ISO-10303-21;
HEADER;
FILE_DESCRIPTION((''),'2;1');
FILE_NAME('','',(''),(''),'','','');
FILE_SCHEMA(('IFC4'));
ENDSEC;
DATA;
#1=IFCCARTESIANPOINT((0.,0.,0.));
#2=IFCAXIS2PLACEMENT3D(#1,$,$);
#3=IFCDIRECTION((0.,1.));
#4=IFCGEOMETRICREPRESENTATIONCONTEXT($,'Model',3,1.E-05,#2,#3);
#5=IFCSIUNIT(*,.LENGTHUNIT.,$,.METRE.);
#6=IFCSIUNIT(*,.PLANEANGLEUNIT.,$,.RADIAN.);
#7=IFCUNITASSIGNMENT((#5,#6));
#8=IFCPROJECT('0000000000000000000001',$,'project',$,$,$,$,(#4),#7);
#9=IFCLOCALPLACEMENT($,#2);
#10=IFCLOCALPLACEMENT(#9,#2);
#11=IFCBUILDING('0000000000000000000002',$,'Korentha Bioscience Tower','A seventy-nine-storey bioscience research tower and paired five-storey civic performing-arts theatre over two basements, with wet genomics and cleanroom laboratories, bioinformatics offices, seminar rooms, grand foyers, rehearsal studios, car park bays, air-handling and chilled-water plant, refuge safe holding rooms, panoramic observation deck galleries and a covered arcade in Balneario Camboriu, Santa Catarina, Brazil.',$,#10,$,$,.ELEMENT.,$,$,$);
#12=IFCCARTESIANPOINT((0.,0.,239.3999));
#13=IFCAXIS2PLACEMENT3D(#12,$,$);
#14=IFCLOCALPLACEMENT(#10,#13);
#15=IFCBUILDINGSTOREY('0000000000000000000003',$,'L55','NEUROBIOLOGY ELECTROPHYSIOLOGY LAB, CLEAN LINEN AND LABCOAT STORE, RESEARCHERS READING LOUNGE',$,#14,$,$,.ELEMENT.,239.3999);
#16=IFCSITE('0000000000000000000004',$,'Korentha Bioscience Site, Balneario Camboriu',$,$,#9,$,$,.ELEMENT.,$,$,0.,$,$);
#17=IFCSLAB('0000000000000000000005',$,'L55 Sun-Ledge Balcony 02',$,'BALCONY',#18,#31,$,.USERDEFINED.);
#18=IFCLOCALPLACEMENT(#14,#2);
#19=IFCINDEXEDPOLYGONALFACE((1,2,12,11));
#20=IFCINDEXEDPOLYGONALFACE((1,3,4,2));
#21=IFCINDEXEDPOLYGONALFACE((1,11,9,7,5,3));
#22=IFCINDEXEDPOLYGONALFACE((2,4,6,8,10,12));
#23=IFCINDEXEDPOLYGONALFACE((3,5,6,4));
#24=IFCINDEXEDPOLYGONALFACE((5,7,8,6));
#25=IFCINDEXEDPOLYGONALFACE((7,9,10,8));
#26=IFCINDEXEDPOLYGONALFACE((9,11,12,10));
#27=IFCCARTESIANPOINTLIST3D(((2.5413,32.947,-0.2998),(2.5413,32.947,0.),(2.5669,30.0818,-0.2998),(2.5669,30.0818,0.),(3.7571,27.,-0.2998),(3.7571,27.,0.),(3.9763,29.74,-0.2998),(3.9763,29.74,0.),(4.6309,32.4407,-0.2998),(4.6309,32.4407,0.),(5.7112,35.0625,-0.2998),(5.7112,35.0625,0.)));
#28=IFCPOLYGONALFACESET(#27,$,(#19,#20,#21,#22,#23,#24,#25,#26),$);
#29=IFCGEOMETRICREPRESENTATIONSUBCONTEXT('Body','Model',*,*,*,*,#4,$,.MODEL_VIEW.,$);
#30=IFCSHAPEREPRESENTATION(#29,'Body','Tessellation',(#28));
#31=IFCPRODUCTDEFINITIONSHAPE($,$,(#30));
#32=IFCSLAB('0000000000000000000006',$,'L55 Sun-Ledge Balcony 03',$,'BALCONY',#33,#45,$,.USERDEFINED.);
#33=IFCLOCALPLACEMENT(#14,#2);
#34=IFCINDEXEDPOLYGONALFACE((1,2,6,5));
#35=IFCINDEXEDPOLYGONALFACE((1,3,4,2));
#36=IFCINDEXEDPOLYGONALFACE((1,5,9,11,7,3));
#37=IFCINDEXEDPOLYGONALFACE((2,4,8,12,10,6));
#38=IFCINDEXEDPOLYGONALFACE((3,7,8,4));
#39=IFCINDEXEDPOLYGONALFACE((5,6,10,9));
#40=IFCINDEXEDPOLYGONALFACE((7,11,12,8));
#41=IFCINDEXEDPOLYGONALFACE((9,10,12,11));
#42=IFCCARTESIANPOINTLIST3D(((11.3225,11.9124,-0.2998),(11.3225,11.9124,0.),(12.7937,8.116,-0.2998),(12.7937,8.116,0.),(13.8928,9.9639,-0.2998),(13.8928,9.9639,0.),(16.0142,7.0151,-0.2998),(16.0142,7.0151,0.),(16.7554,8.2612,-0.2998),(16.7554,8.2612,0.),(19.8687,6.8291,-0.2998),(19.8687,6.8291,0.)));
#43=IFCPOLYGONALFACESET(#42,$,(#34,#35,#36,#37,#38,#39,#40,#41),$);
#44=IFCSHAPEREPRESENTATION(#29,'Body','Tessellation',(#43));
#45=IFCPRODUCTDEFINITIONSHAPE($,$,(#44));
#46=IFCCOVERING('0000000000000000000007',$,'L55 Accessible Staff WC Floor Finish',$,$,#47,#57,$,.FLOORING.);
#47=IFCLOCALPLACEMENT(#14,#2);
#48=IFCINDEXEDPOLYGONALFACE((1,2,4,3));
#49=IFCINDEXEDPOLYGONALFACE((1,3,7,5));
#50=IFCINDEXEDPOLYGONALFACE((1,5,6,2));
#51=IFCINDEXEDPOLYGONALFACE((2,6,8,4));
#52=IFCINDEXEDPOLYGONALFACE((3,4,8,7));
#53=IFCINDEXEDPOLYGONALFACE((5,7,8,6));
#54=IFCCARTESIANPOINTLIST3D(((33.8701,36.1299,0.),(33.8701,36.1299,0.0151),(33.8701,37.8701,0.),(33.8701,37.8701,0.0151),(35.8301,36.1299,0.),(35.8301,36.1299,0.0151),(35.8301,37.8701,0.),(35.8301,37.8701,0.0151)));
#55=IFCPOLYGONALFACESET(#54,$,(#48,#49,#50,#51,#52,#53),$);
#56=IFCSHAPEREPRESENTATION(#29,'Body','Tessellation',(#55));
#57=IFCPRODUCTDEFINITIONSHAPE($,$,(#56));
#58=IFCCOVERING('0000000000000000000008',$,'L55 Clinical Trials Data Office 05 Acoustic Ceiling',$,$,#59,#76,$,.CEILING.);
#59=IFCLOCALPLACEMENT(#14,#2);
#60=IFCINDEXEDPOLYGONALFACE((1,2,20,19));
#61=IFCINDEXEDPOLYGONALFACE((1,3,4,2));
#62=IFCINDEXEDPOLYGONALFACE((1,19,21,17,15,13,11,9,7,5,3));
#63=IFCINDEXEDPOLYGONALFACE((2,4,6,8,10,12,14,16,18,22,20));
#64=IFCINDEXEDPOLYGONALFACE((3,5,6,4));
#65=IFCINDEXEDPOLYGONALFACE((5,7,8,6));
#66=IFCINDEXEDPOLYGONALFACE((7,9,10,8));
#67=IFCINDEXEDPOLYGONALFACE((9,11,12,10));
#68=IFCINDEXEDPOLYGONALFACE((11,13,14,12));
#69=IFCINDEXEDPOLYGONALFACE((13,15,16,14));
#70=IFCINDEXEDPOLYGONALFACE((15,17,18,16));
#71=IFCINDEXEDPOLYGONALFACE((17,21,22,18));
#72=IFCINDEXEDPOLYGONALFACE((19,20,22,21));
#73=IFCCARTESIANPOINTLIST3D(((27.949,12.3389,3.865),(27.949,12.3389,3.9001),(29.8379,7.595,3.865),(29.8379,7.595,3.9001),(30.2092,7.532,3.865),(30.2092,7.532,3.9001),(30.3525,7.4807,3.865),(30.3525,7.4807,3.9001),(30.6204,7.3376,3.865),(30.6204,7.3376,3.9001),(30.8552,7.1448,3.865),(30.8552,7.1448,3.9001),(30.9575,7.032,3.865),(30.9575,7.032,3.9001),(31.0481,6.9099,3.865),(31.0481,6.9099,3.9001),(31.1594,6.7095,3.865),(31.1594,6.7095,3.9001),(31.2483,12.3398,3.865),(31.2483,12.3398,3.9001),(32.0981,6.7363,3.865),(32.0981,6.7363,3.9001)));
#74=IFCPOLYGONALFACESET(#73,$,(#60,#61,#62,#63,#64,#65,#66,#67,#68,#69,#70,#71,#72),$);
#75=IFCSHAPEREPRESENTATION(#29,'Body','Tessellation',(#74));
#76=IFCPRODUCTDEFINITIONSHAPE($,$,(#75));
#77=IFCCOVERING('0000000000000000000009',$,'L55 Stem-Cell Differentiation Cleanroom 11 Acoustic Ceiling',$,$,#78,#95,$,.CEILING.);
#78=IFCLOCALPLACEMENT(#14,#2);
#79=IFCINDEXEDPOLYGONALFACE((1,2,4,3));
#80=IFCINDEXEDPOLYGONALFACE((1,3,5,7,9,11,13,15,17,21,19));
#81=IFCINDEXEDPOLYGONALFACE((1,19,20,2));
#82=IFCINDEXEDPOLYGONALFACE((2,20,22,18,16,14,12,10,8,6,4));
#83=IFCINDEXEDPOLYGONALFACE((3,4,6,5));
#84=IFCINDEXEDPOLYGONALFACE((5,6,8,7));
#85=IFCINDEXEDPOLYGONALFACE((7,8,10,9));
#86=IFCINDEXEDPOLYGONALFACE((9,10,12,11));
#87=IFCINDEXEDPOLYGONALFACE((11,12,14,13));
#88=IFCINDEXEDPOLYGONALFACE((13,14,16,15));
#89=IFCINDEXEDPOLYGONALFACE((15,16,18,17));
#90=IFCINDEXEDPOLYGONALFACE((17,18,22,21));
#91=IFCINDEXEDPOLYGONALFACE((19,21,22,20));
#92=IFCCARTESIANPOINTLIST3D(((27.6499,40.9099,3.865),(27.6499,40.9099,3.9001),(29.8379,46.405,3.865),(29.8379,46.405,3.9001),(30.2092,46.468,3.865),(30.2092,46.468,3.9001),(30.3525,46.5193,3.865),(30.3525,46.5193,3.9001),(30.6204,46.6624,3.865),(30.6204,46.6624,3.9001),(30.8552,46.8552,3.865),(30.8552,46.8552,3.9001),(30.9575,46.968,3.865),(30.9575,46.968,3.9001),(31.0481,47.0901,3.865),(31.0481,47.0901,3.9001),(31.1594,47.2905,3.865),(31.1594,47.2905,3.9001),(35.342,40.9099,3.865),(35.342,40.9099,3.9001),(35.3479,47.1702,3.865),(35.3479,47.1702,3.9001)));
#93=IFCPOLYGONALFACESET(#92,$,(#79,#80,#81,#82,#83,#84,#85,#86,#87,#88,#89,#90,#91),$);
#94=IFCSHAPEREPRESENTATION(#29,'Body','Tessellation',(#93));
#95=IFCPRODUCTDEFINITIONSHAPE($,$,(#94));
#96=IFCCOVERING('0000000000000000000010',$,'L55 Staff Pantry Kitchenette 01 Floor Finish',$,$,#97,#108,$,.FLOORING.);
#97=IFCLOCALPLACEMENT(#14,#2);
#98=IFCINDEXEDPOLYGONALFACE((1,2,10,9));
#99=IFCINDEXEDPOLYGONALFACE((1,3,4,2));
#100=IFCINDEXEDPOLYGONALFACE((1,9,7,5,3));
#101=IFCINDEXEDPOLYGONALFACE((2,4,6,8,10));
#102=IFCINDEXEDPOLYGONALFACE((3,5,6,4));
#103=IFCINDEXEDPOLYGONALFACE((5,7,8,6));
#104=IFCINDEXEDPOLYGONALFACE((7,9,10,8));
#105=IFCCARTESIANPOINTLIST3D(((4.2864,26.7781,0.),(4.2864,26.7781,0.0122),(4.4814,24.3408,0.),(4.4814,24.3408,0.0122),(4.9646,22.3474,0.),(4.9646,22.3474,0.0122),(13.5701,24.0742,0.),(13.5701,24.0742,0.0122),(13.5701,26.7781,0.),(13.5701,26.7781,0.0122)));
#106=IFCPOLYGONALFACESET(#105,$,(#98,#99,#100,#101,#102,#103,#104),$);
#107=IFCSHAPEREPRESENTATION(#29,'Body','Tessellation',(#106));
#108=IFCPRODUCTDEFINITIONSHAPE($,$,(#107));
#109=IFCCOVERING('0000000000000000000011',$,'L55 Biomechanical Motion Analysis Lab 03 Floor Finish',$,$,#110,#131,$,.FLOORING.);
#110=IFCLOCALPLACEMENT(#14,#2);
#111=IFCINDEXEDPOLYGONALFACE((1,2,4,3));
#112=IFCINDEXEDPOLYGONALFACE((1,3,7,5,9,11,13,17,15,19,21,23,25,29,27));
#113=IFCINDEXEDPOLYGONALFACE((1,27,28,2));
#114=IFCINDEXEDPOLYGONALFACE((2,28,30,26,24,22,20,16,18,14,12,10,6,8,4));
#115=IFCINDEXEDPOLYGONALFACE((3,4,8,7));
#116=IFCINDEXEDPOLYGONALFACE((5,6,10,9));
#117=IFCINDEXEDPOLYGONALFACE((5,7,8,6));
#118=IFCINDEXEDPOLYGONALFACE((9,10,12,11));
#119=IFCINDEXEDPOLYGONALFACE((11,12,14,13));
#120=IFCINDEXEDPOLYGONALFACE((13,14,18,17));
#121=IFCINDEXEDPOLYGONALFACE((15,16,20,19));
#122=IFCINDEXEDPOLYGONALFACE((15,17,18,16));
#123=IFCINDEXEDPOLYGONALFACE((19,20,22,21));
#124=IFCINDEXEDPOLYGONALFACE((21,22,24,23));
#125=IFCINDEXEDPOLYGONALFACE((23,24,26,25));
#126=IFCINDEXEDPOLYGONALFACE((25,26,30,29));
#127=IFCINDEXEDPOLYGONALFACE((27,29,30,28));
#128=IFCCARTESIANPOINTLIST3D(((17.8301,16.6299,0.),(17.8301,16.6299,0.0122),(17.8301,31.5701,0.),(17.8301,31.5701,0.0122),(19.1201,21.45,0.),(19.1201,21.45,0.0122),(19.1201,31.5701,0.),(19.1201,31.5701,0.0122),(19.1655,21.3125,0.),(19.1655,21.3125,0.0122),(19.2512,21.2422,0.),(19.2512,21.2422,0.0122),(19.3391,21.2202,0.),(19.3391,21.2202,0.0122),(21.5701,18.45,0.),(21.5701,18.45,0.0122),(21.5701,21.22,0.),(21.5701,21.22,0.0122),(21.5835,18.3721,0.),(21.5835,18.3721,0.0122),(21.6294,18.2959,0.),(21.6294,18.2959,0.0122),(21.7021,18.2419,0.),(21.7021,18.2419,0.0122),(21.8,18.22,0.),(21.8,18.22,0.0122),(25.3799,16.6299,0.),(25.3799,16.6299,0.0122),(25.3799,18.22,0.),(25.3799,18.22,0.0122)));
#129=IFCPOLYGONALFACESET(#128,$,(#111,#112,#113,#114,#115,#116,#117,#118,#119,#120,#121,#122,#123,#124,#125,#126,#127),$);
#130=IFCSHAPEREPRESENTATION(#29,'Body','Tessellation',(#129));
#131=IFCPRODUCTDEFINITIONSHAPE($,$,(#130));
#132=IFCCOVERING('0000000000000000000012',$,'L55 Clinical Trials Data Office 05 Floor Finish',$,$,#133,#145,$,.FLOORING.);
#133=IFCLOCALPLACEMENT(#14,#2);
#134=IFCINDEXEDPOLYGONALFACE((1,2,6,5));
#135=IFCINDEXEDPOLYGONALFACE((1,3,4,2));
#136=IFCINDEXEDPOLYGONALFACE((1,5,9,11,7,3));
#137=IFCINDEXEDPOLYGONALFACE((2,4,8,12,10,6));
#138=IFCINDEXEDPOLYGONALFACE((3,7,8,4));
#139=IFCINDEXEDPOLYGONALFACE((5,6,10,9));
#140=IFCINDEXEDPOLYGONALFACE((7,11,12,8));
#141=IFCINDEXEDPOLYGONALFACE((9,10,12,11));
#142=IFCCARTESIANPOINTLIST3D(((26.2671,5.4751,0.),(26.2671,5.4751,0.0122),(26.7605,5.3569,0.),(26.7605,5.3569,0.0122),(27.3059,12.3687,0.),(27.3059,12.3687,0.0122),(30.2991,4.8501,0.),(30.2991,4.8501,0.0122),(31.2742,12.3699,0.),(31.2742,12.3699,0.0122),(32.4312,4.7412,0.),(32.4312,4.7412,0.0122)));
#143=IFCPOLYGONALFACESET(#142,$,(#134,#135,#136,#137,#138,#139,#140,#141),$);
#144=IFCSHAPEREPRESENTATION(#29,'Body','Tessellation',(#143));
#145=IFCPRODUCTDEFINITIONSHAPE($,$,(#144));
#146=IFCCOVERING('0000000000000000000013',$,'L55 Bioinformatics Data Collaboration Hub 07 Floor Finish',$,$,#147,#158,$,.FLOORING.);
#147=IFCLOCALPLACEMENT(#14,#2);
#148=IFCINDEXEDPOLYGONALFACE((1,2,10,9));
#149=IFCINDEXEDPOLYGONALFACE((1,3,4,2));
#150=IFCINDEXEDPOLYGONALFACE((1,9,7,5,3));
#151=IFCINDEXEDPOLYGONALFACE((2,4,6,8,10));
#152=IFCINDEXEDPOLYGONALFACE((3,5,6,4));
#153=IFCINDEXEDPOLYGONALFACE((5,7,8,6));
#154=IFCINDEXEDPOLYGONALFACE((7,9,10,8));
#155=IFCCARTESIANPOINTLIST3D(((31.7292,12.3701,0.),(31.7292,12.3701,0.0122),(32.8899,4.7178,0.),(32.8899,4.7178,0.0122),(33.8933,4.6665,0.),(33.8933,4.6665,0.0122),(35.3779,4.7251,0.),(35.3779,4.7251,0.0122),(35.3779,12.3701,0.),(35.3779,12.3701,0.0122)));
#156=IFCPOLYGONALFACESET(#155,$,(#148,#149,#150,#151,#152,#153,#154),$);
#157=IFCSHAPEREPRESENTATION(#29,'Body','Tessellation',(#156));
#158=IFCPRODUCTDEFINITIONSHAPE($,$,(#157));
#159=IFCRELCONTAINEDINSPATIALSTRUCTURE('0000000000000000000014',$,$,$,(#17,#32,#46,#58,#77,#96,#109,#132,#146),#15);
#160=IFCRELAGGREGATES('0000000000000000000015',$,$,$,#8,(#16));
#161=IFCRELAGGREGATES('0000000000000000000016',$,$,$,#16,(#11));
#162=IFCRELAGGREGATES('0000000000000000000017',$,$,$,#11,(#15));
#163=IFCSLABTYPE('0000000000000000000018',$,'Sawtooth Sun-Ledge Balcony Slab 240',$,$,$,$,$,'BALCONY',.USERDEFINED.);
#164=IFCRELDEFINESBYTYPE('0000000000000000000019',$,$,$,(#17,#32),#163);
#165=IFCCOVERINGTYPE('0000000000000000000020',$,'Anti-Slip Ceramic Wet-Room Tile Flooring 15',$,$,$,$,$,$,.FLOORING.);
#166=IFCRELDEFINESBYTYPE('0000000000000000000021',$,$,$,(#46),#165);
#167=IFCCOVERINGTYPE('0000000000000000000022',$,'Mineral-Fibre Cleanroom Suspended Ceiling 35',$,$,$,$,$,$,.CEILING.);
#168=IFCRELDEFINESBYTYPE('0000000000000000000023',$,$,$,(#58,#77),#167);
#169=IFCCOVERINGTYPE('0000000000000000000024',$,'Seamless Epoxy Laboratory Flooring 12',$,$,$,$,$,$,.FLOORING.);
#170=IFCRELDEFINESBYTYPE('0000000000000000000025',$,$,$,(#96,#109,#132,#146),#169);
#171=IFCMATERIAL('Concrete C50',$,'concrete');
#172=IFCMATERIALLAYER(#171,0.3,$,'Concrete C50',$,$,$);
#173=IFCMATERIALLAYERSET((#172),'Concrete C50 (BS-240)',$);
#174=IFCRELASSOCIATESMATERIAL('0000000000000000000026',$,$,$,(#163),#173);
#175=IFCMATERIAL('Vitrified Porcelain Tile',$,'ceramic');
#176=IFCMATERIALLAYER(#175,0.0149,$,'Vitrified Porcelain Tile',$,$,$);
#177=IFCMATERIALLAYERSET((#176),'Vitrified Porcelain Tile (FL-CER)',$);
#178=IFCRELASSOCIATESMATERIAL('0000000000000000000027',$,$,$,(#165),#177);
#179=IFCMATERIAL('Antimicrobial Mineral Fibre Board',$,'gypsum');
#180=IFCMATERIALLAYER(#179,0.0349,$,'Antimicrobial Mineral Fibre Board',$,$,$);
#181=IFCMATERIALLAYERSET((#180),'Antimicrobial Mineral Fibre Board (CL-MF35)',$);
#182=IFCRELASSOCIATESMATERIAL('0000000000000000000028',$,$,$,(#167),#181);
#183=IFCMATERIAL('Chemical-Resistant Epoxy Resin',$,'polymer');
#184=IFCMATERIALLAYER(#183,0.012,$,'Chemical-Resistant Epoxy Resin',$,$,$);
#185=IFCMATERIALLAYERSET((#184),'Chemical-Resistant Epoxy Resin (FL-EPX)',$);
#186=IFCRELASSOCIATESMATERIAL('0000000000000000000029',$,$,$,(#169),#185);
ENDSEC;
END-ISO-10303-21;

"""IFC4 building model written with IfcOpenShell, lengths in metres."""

from ifc_helpers import new_model, si_unit, direction, frame, origin, place, context, subcontext, project, spatial, polyline, outline, extrude, material, layer, layer_set, type_object, element, save


model = new_model("IFC4")

# Units and contexts
model_context = context("Model", 3, precision=1e-05, world=origin(), true_north=direction((0.0, 1.0)))
body_context = subcontext(model_context, "Body", "Model", "MODEL_VIEW")
ifc_project = project(units=[si_unit("LENGTHUNIT", "METRE"), si_unit("PLANEANGLEUNIT", "RADIAN")], contexts=[model_context])

# Site, building, storey
site_placement = place(None, origin())
site = spatial("IfcSite", under=ifc_project, at=site_placement, Name="Korentha Bioscience Site, Balneario Camboriu", CompositionType="ELEMENT", RefElevation=0.0)
building_placement = place(site_placement, origin())
building = spatial("IfcBuilding", under=site, at=building_placement, Name="Korentha Bioscience Tower", Description="A seventy-nine-storey bioscience research tower and paired five-storey civic performing-arts theatre over two basements, with wet genomics and cleanroom laboratories, bioinformatics offices, seminar rooms, grand foyers, rehearsal studios, car park bays, air-handling and chilled-water plant, refuge safe holding rooms, panoramic observation deck galleries and a covered arcade in Balneario Camboriu, Santa Catarina, Brazil.", CompositionType="ELEMENT")
storey_placement = place(building_placement, frame((0.0, 0.0, 239.3999)))
storey = spatial("IfcBuildingStorey", under=building, at=storey_placement, Name="L55", Description="NEUROBIOLOGY ELECTROPHYSIOLOGY LAB, CLEAN LINEN AND LABCOAT STORE, RESEARCHERS READING LOUNGE", CompositionType="ELEMENT", Elevation=239.3999)

# Shared definitions
ifc_material_1 = material(Name="Concrete C50", Category="concrete")

# Slabs
ifc_layer_1 = layer(ifc_material_1, 0.3, Name="Concrete C50")
ifc_layer_set_1 = layer_set([ifc_layer_1], Name="Concrete C50 (BS-240)")
slab_type_1 = type_object("IfcSlabType", Name="Sawtooth Sun-Ledge Balcony Slab 240", ElementType="BALCONY", PredefinedType="USERDEFINED", material=ifc_layer_set_1)
slab_1_placement = place(storey_placement, frame((0.0, 0.0, -0.2998)))
element("IfcSlab", 1, at=slab_1_placement, inside=storey, type_object=slab_type_1, Name="L55 Sun-Ledge Balcony 02", ObjectType="BALCONY", PredefinedType="USERDEFINED", context=body_context, shape_type="SweptSolid", body=[
    extrude(outline(polyline([(3.7571, 27.0), (3.9763, 29.74), (4.6309, 32.4407), (5.7112, 35.0625), (2.5413, 32.947), (2.5669, 30.0818), (3.7571, 27.0)])), origin(), (0.0, 0.0, 1.0), 0.2998),
])
slab_2_placement = place(storey_placement, frame((0.0, 0.0, -0.2998)))
element("IfcSlab", 2, at=slab_2_placement, inside=storey, type_object=slab_type_1, Name="L55 Sun-Ledge Balcony 03", ObjectType="BALCONY", PredefinedType="USERDEFINED", context=body_context, shape_type="SweptSolid", body=[
    extrude(outline(polyline([(19.8687, 6.8291), (16.7554, 8.2612), (13.8928, 9.9639), (11.3225, 11.9124), (12.7937, 8.116), (16.0142, 7.0151), (19.8687, 6.8291)])), origin(), (0.0, 0.0, 1.0), 0.2998),
])

# Coverings
ifc_material_2 = material(Name="Vitrified Porcelain Tile", Category="ceramic")
ifc_layer_2 = layer(ifc_material_2, 0.0149, Name="Vitrified Porcelain Tile")
ifc_layer_set_2 = layer_set([ifc_layer_2], Name="Vitrified Porcelain Tile (FL-CER)")
covering_type_1 = type_object("IfcCoveringType", Name="Anti-Slip Ceramic Wet-Room Tile Flooring 15", PredefinedType="FLOORING", material=ifc_layer_set_2)
covering_1_placement = place(storey_placement, origin())
element("IfcCovering", 3, at=covering_1_placement, inside=storey, type_object=covering_type_1, Name="L55 Accessible Staff WC Floor Finish", PredefinedType="FLOORING", context=body_context, shape_type="SweptSolid", body=[
    extrude(outline(polyline([(33.8701, 36.1299), (33.8701, 37.8701), (35.8301, 37.8701), (35.8301, 36.1299), (33.8701, 36.1299)])), origin(), (0.0, 0.0, 1.0), 0.0151),
])
ifc_material_3 = material(Name="Antimicrobial Mineral Fibre Board", Category="gypsum")
ifc_layer_3 = layer(ifc_material_3, 0.0349, Name="Antimicrobial Mineral Fibre Board")
ifc_layer_set_3 = layer_set([ifc_layer_3], Name="Antimicrobial Mineral Fibre Board (CL-MF35)")
covering_type_2 = type_object("IfcCoveringType", Name="Mineral-Fibre Cleanroom Suspended Ceiling 35", PredefinedType="CEILING", material=ifc_layer_set_3)
covering_2_placement = place(storey_placement, frame((0.0, 0.0, 3.865)))
element("IfcCovering", 4, at=covering_2_placement, inside=storey, type_object=covering_type_2, Name="L55 Clinical Trials Data Office 05 Acoustic Ceiling", PredefinedType="CEILING", context=body_context, shape_type="SweptSolid", body=[
    extrude(outline(polyline([(32.0981, 6.7363), (31.1594, 6.7095), (31.0481, 6.9099), (30.9575, 7.032), (30.8552, 7.1448), (30.6204, 7.3376), (30.3525, 7.4807), (30.2092, 7.532), (29.8379, 7.595), (27.949, 12.3389), (31.2483, 12.3398), (32.0981, 6.7363)])), origin(), (0.0, 0.0, 1.0), 0.0352),
])
covering_3_placement = place(storey_placement, frame((0.0, 0.0, 3.865)))
element("IfcCovering", 5, at=covering_3_placement, inside=storey, type_object=covering_type_2, Name="L55 Stem-Cell Differentiation Cleanroom 11 Acoustic Ceiling", PredefinedType="CEILING", context=body_context, shape_type="SweptSolid", body=[
    extrude(outline(polyline([(35.3479, 47.1702), (35.342, 40.9099), (27.6499, 40.9099), (29.8379, 46.405), (30.2092, 46.468), (30.3525, 46.5193), (30.6204, 46.6624), (30.8552, 46.8552), (30.9575, 46.968), (31.0481, 47.0901), (31.1594, 47.2905), (35.3479, 47.1702)])), origin(), (0.0, 0.0, 1.0), 0.0352),
])
ifc_material_4 = material(Name="Chemical-Resistant Epoxy Resin", Category="polymer")
ifc_layer_4 = layer(ifc_material_4, 0.012, Name="Chemical-Resistant Epoxy Resin")
ifc_layer_set_4 = layer_set([ifc_layer_4], Name="Chemical-Resistant Epoxy Resin (FL-EPX)")
covering_type_3 = type_object("IfcCoveringType", Name="Seamless Epoxy Laboratory Flooring 12", PredefinedType="FLOORING", material=ifc_layer_set_4)
covering_4_placement = place(storey_placement, origin())
element("IfcCovering", 6, at=covering_4_placement, inside=storey, type_object=covering_type_3, Name="L55 Staff Pantry Kitchenette 01 Floor Finish", PredefinedType="FLOORING", context=body_context, shape_type="SweptSolid", body=[
    extrude(outline(polyline([(13.5701, 26.7781), (13.5701, 24.0742), (4.9646, 22.3474), (4.4814, 24.3408), (4.2864, 26.7781), (13.5701, 26.7781)])), origin(), (0.0, 0.0, 1.0), 0.0122),
])
covering_5_placement = place(storey_placement, origin())
element("IfcCovering", 7, at=covering_5_placement, inside=storey, type_object=covering_type_3, Name="L55 Biomechanical Motion Analysis Lab 03 Floor Finish", PredefinedType="FLOORING", context=body_context, shape_type="SweptSolid", body=[
    extrude(outline(polyline([(19.1201, 31.5701), (19.1201, 21.45), (19.1655, 21.3125), (19.2512, 21.2422), (19.3391, 21.2202), (21.5701, 21.22), (21.5701, 18.45), (21.5835, 18.3721), (21.6294, 18.2959), (21.7021, 18.2419), (21.8, 18.22), (25.3799, 18.22), (25.3799, 16.6299), (17.8301, 16.6299), (17.8301, 31.5701), (19.1201, 31.5701)])), origin(), (0.0, 0.0, 1.0), 0.0122),
])
covering_6_placement = place(storey_placement, origin())
element("IfcCovering", 8, at=covering_6_placement, inside=storey, type_object=covering_type_3, Name="L55 Clinical Trials Data Office 05 Floor Finish", PredefinedType="FLOORING", context=body_context, shape_type="SweptSolid", body=[
    extrude(outline(polyline([(27.3059, 12.3687), (31.2742, 12.3699), (32.4312, 4.7412), (30.2991, 4.8501), (26.7605, 5.3569), (26.2671, 5.4751), (27.3059, 12.3687)])), origin(), (0.0, 0.0, 1.0), 0.0122),
])
covering_7_placement = place(storey_placement, origin())
element("IfcCovering", 9, at=covering_7_placement, inside=storey, type_object=covering_type_3, Name="L55 Bioinformatics Data Collaboration Hub 07 Floor Finish", PredefinedType="FLOORING", context=body_context, shape_type="SweptSolid", body=[
    extrude(outline(polyline([(31.7292, 12.3701), (35.3779, 12.3701), (35.3779, 4.7251), (33.8933, 4.6665), (32.8899, 4.7178), (31.7292, 12.3701)])), origin(), (0.0, 0.0, 1.0), 0.0122),
])

save(model, "model.ifc")
